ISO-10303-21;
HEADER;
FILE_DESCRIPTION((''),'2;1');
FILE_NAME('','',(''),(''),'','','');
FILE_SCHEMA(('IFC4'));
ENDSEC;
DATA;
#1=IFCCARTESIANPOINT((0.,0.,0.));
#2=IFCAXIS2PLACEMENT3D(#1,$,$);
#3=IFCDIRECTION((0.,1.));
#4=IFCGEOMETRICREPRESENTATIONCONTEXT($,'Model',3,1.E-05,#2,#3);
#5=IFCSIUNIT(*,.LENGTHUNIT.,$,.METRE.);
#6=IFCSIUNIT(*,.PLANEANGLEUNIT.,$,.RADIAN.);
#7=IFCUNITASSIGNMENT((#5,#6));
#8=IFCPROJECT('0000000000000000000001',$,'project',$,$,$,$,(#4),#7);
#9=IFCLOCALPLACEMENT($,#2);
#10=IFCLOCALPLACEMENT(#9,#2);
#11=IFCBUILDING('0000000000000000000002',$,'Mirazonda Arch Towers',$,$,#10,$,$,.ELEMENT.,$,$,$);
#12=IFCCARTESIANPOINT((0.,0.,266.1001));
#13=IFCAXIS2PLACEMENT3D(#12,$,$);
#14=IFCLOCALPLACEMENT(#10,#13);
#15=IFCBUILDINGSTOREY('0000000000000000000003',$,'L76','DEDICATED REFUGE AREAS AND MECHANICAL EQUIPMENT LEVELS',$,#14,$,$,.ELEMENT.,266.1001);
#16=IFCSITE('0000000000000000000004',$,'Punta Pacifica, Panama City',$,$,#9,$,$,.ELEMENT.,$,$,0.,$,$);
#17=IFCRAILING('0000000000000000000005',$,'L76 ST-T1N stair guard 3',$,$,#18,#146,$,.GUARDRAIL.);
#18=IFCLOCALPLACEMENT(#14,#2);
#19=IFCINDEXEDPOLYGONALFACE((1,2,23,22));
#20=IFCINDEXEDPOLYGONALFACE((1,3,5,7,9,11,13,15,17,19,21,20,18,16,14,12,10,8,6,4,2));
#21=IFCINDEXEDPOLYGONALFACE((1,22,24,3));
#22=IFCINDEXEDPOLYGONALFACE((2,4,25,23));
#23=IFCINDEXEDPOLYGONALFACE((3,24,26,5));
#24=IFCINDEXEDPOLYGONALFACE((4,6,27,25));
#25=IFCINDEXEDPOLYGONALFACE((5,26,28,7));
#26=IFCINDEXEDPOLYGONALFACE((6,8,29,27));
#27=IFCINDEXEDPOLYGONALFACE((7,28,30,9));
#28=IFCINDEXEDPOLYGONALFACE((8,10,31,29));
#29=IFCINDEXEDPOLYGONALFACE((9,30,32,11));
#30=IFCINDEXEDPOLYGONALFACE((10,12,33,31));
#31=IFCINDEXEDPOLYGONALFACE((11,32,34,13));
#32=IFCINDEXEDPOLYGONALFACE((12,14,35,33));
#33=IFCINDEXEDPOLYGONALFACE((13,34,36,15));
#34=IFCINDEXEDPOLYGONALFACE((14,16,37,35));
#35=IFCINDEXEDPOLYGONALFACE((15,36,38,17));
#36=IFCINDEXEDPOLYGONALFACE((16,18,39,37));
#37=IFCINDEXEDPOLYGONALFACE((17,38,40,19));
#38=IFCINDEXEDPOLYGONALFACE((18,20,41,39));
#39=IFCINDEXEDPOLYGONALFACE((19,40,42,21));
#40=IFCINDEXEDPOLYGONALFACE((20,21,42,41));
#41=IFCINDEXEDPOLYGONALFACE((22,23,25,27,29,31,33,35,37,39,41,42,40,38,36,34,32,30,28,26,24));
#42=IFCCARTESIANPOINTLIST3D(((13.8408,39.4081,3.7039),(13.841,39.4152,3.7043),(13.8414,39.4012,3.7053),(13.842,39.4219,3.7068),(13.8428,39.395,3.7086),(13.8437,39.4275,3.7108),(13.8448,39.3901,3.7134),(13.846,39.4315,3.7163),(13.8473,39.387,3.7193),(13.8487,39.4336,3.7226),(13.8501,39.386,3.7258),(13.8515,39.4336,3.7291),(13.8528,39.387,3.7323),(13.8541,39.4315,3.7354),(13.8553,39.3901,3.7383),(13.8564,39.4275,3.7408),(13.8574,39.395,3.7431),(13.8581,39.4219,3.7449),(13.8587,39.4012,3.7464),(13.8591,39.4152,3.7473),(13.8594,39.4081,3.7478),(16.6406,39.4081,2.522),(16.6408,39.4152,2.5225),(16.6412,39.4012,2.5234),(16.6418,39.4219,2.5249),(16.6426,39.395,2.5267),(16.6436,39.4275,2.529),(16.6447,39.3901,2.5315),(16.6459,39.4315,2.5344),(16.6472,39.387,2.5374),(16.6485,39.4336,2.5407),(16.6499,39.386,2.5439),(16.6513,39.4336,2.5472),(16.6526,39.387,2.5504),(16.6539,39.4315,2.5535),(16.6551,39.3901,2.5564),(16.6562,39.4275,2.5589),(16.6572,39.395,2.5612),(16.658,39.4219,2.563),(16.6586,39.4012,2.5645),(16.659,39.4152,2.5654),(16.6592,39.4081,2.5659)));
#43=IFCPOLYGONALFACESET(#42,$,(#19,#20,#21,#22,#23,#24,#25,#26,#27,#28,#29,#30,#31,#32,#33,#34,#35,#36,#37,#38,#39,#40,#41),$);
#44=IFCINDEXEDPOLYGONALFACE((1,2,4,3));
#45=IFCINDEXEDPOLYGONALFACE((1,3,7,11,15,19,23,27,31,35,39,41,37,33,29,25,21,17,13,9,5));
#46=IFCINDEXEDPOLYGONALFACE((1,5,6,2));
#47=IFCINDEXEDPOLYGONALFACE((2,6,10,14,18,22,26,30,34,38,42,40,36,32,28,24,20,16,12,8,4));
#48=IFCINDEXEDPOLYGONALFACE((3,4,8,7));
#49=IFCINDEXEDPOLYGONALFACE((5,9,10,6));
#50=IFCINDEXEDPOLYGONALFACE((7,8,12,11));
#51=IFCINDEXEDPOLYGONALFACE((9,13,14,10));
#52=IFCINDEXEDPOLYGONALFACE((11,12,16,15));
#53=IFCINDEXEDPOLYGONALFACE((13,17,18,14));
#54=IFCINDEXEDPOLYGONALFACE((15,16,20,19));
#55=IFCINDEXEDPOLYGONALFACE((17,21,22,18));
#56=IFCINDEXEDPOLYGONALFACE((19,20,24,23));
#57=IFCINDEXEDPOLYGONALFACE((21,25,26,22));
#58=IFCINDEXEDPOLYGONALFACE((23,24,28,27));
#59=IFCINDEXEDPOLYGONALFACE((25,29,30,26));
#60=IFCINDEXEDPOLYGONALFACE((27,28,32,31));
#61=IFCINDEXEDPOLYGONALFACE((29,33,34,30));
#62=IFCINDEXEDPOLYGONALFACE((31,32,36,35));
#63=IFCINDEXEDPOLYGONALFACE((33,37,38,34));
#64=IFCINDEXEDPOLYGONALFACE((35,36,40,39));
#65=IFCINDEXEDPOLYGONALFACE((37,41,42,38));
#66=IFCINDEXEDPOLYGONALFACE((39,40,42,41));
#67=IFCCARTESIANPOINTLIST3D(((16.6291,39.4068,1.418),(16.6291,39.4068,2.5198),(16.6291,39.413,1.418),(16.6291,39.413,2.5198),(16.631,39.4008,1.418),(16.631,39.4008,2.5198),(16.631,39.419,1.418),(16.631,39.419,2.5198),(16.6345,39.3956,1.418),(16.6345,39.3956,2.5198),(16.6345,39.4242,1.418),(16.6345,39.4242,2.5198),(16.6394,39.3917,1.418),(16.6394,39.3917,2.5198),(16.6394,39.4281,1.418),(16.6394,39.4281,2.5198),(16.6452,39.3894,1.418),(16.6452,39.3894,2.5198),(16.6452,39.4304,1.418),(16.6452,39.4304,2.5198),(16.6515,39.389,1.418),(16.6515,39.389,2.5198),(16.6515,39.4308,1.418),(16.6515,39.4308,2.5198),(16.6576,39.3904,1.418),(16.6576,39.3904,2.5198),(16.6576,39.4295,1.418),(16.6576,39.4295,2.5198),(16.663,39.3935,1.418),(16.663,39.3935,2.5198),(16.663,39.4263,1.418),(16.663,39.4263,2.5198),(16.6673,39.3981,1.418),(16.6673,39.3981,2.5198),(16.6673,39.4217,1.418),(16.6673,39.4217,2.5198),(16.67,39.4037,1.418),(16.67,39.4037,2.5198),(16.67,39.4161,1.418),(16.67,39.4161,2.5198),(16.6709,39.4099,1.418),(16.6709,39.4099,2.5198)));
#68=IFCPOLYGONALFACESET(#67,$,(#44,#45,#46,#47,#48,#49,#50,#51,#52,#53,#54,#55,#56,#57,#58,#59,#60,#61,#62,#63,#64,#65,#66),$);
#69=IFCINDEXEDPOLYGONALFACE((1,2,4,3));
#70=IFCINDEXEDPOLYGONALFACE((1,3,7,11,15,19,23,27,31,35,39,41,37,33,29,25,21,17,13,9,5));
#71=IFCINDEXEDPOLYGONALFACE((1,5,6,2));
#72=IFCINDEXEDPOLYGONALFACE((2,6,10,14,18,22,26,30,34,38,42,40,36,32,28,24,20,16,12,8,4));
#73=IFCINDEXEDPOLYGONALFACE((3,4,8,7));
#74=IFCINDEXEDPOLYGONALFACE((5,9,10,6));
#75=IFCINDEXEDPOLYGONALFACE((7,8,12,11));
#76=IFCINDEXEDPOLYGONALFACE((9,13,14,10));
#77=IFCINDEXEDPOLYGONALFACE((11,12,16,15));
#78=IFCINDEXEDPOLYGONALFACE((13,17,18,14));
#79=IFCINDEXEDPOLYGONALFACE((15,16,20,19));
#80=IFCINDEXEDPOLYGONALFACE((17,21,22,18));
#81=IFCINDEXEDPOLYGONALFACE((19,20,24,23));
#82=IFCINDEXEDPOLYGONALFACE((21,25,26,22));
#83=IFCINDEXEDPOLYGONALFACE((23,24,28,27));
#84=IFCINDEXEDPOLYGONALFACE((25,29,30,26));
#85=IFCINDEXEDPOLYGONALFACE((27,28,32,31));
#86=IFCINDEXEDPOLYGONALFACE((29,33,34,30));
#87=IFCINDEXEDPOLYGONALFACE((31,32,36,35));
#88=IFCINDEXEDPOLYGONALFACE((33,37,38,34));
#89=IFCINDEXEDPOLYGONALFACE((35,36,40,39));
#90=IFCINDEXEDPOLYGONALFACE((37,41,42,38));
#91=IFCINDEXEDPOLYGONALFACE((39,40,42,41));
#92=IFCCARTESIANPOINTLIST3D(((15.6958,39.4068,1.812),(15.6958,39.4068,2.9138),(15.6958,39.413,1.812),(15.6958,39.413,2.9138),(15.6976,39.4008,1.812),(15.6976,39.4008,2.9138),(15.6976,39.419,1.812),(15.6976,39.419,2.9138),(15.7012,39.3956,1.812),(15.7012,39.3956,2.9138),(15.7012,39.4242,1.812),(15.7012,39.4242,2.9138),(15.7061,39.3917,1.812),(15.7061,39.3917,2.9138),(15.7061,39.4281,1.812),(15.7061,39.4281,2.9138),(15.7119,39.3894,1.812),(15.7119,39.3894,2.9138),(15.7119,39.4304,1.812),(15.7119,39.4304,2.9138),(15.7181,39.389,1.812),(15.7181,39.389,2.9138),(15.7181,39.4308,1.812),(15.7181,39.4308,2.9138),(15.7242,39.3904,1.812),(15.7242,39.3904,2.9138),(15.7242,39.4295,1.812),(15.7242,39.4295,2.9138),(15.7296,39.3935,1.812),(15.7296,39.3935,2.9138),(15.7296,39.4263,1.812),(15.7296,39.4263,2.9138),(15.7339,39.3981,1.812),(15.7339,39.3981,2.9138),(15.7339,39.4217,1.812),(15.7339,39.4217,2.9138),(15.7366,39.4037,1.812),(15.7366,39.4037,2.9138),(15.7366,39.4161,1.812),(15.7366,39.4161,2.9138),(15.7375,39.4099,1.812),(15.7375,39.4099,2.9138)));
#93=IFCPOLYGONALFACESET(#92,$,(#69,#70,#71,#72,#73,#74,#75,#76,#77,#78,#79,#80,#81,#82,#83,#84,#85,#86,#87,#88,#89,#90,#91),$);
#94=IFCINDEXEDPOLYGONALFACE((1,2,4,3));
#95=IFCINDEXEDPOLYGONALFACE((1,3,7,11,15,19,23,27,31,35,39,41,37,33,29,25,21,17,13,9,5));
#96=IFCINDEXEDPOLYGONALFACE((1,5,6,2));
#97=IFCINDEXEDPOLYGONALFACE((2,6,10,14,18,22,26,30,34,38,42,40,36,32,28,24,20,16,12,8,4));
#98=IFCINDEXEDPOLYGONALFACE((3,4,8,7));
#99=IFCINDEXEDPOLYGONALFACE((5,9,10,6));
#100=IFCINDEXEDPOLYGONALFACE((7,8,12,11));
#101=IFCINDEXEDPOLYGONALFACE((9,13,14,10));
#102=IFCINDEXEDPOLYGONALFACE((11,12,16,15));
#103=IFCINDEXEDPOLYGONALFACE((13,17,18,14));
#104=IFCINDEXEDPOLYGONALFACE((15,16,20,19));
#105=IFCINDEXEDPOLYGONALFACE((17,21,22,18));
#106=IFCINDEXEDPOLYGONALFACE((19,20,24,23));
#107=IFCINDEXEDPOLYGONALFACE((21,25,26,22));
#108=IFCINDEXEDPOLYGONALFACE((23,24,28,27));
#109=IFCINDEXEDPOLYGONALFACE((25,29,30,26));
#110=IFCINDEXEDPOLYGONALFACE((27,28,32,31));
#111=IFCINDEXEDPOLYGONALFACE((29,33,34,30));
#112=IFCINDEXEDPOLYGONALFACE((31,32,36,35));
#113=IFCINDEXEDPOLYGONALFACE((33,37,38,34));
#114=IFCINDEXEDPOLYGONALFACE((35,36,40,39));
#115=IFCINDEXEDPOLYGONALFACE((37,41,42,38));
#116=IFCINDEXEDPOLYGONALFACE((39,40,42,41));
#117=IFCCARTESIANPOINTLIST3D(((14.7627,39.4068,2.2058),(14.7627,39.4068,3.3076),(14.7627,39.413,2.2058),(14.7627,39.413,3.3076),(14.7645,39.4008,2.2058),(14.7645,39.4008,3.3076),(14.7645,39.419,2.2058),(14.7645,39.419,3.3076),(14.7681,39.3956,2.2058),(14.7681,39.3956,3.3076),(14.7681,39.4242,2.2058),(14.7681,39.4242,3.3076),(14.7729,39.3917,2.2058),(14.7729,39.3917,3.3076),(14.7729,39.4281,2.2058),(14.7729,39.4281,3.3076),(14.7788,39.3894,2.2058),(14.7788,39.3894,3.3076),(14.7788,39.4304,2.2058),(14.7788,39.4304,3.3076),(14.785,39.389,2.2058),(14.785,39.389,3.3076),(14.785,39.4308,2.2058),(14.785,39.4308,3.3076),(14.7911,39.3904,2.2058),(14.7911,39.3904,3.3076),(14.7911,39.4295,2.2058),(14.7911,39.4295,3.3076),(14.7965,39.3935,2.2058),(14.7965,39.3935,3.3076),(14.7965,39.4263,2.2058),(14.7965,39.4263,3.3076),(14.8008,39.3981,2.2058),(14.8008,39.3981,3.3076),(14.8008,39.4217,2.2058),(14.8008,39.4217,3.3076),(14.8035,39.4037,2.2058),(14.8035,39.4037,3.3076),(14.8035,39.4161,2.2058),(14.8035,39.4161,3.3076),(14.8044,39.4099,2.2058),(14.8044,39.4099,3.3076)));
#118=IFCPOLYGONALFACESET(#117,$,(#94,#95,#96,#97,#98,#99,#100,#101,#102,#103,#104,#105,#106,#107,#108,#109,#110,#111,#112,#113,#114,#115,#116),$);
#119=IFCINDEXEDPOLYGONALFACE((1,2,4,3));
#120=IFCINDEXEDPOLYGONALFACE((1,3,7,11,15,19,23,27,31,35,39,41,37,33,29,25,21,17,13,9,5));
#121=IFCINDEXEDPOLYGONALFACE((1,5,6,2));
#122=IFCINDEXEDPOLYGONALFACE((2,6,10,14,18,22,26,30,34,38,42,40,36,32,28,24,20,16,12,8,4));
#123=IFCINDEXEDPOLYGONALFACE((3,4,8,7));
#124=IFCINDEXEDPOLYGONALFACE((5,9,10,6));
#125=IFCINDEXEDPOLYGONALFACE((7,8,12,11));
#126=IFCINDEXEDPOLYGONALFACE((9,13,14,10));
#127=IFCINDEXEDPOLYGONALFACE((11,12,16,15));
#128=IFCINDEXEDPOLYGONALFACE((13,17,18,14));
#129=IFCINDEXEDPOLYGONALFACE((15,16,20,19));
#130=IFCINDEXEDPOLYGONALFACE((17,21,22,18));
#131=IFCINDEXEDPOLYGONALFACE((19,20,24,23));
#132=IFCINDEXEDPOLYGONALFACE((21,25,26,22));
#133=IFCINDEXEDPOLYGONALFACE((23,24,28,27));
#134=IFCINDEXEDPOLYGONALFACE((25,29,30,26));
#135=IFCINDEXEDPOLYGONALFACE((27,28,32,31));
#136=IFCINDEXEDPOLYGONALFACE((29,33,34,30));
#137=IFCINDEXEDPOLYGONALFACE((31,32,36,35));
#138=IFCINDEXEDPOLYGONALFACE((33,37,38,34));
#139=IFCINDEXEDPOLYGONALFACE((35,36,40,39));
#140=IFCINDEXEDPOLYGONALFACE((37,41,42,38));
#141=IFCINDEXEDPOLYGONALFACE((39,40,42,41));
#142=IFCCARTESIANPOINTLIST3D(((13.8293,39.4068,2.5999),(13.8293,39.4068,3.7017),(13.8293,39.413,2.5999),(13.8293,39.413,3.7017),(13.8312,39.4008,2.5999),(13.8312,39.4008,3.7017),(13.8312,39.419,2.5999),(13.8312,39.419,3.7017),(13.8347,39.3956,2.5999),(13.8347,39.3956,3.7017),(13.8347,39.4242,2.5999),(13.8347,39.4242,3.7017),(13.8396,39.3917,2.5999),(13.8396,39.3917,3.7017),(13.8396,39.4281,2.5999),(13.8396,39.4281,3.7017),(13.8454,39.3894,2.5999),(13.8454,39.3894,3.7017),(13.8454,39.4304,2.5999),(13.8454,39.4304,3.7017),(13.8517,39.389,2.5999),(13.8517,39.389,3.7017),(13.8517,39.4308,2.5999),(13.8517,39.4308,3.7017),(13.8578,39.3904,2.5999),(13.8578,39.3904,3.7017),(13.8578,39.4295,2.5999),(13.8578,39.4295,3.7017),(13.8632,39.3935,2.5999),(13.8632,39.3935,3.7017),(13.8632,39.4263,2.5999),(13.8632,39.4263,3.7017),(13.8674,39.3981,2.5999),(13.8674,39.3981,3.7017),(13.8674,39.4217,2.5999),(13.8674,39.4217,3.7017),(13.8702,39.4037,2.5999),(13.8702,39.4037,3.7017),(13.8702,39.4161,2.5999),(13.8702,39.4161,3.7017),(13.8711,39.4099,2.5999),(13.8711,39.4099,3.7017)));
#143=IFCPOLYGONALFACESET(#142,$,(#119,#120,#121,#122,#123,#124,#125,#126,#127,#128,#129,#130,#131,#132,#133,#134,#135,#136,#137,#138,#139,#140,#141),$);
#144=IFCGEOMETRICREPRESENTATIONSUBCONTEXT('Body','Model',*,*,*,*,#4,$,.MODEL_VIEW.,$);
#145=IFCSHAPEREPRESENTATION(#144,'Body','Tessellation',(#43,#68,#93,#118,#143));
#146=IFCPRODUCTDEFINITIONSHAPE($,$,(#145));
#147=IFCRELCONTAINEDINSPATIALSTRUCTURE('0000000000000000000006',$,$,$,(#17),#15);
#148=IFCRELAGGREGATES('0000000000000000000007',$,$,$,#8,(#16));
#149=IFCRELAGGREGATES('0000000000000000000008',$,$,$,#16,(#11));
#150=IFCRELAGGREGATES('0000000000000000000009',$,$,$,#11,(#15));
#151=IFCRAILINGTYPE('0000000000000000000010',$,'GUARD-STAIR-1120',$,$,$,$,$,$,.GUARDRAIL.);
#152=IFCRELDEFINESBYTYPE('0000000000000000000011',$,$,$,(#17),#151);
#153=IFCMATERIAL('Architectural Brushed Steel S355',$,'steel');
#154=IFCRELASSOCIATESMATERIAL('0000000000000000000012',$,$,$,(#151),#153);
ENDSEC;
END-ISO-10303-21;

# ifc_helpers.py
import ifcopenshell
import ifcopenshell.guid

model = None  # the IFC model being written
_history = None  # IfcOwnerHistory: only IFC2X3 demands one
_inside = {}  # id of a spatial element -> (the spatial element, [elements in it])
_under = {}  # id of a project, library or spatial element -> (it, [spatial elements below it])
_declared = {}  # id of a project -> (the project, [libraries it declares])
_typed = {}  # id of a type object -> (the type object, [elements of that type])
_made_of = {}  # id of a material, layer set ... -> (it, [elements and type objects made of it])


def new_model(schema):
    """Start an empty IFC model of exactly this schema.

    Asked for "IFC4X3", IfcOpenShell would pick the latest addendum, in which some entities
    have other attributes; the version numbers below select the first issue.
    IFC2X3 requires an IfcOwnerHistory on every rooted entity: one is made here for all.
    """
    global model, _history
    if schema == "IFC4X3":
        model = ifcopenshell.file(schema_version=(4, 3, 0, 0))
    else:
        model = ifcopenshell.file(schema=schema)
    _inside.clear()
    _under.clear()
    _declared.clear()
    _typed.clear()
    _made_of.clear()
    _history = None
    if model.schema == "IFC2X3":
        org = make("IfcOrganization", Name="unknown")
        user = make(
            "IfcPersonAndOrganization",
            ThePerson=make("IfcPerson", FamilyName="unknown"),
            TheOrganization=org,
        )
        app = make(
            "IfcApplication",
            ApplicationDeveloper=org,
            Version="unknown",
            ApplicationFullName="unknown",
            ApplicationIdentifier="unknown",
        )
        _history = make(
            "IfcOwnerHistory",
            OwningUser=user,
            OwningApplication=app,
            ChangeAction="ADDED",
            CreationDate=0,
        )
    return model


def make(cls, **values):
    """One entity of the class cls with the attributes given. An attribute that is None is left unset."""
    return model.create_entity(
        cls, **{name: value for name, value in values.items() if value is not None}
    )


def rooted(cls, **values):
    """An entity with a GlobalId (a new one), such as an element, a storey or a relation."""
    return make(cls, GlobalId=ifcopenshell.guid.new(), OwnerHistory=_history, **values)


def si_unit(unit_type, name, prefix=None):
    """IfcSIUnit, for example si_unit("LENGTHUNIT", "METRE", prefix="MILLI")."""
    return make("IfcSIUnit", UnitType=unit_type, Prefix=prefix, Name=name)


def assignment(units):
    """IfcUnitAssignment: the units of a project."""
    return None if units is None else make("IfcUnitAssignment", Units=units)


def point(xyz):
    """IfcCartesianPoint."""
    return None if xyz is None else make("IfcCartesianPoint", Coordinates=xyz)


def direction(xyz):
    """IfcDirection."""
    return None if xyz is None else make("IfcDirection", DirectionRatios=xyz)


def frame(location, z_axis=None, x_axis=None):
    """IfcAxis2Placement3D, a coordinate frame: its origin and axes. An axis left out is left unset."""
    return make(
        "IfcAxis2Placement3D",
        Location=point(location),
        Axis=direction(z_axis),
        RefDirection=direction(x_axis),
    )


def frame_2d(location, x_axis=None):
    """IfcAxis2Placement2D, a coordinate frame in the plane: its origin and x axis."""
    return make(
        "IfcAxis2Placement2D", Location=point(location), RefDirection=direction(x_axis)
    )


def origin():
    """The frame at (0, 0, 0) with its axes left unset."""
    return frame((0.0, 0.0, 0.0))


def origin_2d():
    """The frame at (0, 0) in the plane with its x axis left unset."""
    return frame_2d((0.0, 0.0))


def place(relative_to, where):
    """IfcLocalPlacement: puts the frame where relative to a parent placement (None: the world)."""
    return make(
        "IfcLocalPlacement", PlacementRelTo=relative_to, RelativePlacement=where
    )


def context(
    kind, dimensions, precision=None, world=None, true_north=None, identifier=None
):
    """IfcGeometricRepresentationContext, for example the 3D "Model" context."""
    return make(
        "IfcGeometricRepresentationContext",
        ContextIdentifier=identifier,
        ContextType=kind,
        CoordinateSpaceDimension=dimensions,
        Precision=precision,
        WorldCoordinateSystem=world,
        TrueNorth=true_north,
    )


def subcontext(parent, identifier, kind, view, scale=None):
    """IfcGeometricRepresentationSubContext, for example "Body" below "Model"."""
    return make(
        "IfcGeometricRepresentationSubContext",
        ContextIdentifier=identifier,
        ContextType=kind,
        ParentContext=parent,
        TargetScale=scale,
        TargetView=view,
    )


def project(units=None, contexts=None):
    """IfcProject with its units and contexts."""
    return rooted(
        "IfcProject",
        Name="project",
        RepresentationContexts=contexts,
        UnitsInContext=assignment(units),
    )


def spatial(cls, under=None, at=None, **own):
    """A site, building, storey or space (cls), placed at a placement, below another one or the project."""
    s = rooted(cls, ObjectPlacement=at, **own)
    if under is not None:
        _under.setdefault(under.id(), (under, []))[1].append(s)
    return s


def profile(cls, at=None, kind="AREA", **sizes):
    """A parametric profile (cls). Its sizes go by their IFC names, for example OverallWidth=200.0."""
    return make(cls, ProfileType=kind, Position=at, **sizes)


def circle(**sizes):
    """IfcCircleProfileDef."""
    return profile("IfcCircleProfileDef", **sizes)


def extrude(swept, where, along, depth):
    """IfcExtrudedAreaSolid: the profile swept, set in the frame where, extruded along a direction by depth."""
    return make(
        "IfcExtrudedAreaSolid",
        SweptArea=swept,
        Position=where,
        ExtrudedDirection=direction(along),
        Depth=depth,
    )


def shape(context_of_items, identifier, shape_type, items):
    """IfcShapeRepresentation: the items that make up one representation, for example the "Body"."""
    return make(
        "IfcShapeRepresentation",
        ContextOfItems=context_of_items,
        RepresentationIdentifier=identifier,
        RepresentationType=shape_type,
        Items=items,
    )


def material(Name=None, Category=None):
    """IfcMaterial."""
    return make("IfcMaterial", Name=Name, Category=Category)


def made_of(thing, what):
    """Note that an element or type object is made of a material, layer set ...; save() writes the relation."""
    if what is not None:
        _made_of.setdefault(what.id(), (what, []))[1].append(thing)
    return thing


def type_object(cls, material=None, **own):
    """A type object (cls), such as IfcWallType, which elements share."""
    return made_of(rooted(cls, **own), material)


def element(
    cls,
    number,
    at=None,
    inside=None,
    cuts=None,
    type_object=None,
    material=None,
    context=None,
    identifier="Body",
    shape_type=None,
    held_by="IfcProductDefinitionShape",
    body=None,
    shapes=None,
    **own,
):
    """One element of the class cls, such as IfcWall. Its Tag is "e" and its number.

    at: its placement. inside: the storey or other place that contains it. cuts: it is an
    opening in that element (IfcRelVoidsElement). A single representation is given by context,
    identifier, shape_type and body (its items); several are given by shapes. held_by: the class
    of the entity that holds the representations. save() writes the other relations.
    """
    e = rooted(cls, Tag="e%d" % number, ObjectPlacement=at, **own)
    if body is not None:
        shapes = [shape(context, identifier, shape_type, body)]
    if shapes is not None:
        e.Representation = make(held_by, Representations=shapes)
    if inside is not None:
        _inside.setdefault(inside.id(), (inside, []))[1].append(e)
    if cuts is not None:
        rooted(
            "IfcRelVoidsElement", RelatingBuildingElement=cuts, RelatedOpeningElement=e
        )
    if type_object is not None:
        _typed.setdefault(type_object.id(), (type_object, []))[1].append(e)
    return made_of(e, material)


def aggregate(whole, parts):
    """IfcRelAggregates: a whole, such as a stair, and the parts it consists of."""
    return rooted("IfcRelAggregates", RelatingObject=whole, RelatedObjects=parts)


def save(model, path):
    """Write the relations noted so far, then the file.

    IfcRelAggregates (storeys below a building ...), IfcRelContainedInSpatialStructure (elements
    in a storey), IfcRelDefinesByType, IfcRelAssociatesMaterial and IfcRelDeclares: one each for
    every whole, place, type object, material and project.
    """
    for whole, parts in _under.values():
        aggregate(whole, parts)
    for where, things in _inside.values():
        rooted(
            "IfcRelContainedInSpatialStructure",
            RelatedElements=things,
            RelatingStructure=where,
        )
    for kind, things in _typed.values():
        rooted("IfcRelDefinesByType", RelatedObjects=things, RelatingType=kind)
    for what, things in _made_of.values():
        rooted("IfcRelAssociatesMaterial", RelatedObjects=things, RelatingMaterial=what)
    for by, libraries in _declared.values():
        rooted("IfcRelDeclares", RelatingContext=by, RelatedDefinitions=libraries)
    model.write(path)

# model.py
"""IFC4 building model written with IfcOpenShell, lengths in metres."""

from ifc_helpers import new_model, si_unit, direction, frame, origin, origin_2d, place, context, subcontext, project, spatial, circle, extrude, material, type_object, element, save


model = new_model("IFC4")

# Units and contexts
model_context = context("Model", 3, precision=1e-05, world=origin(), true_north=direction((0.0, 1.0)))
body_context = subcontext(model_context, "Body", "Model", "MODEL_VIEW")
ifc_project = project(units=[si_unit("LENGTHUNIT", "METRE"), si_unit("PLANEANGLEUNIT", "RADIAN")], contexts=[model_context])

# Site, building, storey
site_placement = place(None, origin())
site = spatial("IfcSite", under=ifc_project, at=site_placement, Name="Punta Pacifica, Panama City", CompositionType="ELEMENT", RefElevation=0.0)
building_placement = place(site_placement, origin())
building = spatial("IfcBuilding", under=site, at=building_placement, Name="Mirazonda Arch Towers", CompositionType="ELEMENT")
storey_placement = place(building_placement, frame((0.0, 0.0, 266.1001)))
storey = spatial("IfcBuildingStorey", under=building, at=storey_placement, Name="L76", Description="DEDICATED REFUGE AREAS AND MECHANICAL EQUIPMENT LEVELS", CompositionType="ELEMENT", Elevation=266.1001)

# Railing
ifc_material_1 = material(Name="Architectural Brushed Steel S355", Category="steel")
railing_type_1 = type_object("IfcRailingType", Name="GUARD-STAIR-1120", PredefinedType="GUARDRAIL", material=ifc_material_1)
railing_1_placement = place(storey_placement, frame((16.6499, 39.4099, 1.418)))
element("IfcRailing", 1, at=railing_1_placement, inside=storey, type_object=railing_type_1, Name="L76 ST-T1N stair guard 3", PredefinedType="GUARDRAIL", context=body_context, shape_type="SweptSolid", body=[
    extrude(circle(Radius=0.0239, at=origin_2d()), frame((0.0, 0.0, 1.126), z_axis=(-0.92128, 0.0, 0.388901), x_axis=(0.0, -1.0, 0.0)), (0.0, 0.0, 1.0), 3.0391),
    extrude(circle(Radius=0.021, at=origin_2d()), origin(), (0.0, 0.0, 1.0), 1.1018),
    extrude(circle(Radius=0.021, at=origin_2d()), frame((-0.9333, 0.0, 0.394)), (0.0, 0.0, 1.0), 1.1018),
    extrude(circle(Radius=0.021, at=origin_2d()), frame((-1.8665, 0.0, 0.7878)), (0.0, 0.0, 1.0), 1.1018),
    extrude(circle(Radius=0.021, at=origin_2d()), frame((-2.7998, 0.0, 1.1819)), (0.0, 0.0, 1.0), 1.1018),
])

save(model, "model.ifc")
